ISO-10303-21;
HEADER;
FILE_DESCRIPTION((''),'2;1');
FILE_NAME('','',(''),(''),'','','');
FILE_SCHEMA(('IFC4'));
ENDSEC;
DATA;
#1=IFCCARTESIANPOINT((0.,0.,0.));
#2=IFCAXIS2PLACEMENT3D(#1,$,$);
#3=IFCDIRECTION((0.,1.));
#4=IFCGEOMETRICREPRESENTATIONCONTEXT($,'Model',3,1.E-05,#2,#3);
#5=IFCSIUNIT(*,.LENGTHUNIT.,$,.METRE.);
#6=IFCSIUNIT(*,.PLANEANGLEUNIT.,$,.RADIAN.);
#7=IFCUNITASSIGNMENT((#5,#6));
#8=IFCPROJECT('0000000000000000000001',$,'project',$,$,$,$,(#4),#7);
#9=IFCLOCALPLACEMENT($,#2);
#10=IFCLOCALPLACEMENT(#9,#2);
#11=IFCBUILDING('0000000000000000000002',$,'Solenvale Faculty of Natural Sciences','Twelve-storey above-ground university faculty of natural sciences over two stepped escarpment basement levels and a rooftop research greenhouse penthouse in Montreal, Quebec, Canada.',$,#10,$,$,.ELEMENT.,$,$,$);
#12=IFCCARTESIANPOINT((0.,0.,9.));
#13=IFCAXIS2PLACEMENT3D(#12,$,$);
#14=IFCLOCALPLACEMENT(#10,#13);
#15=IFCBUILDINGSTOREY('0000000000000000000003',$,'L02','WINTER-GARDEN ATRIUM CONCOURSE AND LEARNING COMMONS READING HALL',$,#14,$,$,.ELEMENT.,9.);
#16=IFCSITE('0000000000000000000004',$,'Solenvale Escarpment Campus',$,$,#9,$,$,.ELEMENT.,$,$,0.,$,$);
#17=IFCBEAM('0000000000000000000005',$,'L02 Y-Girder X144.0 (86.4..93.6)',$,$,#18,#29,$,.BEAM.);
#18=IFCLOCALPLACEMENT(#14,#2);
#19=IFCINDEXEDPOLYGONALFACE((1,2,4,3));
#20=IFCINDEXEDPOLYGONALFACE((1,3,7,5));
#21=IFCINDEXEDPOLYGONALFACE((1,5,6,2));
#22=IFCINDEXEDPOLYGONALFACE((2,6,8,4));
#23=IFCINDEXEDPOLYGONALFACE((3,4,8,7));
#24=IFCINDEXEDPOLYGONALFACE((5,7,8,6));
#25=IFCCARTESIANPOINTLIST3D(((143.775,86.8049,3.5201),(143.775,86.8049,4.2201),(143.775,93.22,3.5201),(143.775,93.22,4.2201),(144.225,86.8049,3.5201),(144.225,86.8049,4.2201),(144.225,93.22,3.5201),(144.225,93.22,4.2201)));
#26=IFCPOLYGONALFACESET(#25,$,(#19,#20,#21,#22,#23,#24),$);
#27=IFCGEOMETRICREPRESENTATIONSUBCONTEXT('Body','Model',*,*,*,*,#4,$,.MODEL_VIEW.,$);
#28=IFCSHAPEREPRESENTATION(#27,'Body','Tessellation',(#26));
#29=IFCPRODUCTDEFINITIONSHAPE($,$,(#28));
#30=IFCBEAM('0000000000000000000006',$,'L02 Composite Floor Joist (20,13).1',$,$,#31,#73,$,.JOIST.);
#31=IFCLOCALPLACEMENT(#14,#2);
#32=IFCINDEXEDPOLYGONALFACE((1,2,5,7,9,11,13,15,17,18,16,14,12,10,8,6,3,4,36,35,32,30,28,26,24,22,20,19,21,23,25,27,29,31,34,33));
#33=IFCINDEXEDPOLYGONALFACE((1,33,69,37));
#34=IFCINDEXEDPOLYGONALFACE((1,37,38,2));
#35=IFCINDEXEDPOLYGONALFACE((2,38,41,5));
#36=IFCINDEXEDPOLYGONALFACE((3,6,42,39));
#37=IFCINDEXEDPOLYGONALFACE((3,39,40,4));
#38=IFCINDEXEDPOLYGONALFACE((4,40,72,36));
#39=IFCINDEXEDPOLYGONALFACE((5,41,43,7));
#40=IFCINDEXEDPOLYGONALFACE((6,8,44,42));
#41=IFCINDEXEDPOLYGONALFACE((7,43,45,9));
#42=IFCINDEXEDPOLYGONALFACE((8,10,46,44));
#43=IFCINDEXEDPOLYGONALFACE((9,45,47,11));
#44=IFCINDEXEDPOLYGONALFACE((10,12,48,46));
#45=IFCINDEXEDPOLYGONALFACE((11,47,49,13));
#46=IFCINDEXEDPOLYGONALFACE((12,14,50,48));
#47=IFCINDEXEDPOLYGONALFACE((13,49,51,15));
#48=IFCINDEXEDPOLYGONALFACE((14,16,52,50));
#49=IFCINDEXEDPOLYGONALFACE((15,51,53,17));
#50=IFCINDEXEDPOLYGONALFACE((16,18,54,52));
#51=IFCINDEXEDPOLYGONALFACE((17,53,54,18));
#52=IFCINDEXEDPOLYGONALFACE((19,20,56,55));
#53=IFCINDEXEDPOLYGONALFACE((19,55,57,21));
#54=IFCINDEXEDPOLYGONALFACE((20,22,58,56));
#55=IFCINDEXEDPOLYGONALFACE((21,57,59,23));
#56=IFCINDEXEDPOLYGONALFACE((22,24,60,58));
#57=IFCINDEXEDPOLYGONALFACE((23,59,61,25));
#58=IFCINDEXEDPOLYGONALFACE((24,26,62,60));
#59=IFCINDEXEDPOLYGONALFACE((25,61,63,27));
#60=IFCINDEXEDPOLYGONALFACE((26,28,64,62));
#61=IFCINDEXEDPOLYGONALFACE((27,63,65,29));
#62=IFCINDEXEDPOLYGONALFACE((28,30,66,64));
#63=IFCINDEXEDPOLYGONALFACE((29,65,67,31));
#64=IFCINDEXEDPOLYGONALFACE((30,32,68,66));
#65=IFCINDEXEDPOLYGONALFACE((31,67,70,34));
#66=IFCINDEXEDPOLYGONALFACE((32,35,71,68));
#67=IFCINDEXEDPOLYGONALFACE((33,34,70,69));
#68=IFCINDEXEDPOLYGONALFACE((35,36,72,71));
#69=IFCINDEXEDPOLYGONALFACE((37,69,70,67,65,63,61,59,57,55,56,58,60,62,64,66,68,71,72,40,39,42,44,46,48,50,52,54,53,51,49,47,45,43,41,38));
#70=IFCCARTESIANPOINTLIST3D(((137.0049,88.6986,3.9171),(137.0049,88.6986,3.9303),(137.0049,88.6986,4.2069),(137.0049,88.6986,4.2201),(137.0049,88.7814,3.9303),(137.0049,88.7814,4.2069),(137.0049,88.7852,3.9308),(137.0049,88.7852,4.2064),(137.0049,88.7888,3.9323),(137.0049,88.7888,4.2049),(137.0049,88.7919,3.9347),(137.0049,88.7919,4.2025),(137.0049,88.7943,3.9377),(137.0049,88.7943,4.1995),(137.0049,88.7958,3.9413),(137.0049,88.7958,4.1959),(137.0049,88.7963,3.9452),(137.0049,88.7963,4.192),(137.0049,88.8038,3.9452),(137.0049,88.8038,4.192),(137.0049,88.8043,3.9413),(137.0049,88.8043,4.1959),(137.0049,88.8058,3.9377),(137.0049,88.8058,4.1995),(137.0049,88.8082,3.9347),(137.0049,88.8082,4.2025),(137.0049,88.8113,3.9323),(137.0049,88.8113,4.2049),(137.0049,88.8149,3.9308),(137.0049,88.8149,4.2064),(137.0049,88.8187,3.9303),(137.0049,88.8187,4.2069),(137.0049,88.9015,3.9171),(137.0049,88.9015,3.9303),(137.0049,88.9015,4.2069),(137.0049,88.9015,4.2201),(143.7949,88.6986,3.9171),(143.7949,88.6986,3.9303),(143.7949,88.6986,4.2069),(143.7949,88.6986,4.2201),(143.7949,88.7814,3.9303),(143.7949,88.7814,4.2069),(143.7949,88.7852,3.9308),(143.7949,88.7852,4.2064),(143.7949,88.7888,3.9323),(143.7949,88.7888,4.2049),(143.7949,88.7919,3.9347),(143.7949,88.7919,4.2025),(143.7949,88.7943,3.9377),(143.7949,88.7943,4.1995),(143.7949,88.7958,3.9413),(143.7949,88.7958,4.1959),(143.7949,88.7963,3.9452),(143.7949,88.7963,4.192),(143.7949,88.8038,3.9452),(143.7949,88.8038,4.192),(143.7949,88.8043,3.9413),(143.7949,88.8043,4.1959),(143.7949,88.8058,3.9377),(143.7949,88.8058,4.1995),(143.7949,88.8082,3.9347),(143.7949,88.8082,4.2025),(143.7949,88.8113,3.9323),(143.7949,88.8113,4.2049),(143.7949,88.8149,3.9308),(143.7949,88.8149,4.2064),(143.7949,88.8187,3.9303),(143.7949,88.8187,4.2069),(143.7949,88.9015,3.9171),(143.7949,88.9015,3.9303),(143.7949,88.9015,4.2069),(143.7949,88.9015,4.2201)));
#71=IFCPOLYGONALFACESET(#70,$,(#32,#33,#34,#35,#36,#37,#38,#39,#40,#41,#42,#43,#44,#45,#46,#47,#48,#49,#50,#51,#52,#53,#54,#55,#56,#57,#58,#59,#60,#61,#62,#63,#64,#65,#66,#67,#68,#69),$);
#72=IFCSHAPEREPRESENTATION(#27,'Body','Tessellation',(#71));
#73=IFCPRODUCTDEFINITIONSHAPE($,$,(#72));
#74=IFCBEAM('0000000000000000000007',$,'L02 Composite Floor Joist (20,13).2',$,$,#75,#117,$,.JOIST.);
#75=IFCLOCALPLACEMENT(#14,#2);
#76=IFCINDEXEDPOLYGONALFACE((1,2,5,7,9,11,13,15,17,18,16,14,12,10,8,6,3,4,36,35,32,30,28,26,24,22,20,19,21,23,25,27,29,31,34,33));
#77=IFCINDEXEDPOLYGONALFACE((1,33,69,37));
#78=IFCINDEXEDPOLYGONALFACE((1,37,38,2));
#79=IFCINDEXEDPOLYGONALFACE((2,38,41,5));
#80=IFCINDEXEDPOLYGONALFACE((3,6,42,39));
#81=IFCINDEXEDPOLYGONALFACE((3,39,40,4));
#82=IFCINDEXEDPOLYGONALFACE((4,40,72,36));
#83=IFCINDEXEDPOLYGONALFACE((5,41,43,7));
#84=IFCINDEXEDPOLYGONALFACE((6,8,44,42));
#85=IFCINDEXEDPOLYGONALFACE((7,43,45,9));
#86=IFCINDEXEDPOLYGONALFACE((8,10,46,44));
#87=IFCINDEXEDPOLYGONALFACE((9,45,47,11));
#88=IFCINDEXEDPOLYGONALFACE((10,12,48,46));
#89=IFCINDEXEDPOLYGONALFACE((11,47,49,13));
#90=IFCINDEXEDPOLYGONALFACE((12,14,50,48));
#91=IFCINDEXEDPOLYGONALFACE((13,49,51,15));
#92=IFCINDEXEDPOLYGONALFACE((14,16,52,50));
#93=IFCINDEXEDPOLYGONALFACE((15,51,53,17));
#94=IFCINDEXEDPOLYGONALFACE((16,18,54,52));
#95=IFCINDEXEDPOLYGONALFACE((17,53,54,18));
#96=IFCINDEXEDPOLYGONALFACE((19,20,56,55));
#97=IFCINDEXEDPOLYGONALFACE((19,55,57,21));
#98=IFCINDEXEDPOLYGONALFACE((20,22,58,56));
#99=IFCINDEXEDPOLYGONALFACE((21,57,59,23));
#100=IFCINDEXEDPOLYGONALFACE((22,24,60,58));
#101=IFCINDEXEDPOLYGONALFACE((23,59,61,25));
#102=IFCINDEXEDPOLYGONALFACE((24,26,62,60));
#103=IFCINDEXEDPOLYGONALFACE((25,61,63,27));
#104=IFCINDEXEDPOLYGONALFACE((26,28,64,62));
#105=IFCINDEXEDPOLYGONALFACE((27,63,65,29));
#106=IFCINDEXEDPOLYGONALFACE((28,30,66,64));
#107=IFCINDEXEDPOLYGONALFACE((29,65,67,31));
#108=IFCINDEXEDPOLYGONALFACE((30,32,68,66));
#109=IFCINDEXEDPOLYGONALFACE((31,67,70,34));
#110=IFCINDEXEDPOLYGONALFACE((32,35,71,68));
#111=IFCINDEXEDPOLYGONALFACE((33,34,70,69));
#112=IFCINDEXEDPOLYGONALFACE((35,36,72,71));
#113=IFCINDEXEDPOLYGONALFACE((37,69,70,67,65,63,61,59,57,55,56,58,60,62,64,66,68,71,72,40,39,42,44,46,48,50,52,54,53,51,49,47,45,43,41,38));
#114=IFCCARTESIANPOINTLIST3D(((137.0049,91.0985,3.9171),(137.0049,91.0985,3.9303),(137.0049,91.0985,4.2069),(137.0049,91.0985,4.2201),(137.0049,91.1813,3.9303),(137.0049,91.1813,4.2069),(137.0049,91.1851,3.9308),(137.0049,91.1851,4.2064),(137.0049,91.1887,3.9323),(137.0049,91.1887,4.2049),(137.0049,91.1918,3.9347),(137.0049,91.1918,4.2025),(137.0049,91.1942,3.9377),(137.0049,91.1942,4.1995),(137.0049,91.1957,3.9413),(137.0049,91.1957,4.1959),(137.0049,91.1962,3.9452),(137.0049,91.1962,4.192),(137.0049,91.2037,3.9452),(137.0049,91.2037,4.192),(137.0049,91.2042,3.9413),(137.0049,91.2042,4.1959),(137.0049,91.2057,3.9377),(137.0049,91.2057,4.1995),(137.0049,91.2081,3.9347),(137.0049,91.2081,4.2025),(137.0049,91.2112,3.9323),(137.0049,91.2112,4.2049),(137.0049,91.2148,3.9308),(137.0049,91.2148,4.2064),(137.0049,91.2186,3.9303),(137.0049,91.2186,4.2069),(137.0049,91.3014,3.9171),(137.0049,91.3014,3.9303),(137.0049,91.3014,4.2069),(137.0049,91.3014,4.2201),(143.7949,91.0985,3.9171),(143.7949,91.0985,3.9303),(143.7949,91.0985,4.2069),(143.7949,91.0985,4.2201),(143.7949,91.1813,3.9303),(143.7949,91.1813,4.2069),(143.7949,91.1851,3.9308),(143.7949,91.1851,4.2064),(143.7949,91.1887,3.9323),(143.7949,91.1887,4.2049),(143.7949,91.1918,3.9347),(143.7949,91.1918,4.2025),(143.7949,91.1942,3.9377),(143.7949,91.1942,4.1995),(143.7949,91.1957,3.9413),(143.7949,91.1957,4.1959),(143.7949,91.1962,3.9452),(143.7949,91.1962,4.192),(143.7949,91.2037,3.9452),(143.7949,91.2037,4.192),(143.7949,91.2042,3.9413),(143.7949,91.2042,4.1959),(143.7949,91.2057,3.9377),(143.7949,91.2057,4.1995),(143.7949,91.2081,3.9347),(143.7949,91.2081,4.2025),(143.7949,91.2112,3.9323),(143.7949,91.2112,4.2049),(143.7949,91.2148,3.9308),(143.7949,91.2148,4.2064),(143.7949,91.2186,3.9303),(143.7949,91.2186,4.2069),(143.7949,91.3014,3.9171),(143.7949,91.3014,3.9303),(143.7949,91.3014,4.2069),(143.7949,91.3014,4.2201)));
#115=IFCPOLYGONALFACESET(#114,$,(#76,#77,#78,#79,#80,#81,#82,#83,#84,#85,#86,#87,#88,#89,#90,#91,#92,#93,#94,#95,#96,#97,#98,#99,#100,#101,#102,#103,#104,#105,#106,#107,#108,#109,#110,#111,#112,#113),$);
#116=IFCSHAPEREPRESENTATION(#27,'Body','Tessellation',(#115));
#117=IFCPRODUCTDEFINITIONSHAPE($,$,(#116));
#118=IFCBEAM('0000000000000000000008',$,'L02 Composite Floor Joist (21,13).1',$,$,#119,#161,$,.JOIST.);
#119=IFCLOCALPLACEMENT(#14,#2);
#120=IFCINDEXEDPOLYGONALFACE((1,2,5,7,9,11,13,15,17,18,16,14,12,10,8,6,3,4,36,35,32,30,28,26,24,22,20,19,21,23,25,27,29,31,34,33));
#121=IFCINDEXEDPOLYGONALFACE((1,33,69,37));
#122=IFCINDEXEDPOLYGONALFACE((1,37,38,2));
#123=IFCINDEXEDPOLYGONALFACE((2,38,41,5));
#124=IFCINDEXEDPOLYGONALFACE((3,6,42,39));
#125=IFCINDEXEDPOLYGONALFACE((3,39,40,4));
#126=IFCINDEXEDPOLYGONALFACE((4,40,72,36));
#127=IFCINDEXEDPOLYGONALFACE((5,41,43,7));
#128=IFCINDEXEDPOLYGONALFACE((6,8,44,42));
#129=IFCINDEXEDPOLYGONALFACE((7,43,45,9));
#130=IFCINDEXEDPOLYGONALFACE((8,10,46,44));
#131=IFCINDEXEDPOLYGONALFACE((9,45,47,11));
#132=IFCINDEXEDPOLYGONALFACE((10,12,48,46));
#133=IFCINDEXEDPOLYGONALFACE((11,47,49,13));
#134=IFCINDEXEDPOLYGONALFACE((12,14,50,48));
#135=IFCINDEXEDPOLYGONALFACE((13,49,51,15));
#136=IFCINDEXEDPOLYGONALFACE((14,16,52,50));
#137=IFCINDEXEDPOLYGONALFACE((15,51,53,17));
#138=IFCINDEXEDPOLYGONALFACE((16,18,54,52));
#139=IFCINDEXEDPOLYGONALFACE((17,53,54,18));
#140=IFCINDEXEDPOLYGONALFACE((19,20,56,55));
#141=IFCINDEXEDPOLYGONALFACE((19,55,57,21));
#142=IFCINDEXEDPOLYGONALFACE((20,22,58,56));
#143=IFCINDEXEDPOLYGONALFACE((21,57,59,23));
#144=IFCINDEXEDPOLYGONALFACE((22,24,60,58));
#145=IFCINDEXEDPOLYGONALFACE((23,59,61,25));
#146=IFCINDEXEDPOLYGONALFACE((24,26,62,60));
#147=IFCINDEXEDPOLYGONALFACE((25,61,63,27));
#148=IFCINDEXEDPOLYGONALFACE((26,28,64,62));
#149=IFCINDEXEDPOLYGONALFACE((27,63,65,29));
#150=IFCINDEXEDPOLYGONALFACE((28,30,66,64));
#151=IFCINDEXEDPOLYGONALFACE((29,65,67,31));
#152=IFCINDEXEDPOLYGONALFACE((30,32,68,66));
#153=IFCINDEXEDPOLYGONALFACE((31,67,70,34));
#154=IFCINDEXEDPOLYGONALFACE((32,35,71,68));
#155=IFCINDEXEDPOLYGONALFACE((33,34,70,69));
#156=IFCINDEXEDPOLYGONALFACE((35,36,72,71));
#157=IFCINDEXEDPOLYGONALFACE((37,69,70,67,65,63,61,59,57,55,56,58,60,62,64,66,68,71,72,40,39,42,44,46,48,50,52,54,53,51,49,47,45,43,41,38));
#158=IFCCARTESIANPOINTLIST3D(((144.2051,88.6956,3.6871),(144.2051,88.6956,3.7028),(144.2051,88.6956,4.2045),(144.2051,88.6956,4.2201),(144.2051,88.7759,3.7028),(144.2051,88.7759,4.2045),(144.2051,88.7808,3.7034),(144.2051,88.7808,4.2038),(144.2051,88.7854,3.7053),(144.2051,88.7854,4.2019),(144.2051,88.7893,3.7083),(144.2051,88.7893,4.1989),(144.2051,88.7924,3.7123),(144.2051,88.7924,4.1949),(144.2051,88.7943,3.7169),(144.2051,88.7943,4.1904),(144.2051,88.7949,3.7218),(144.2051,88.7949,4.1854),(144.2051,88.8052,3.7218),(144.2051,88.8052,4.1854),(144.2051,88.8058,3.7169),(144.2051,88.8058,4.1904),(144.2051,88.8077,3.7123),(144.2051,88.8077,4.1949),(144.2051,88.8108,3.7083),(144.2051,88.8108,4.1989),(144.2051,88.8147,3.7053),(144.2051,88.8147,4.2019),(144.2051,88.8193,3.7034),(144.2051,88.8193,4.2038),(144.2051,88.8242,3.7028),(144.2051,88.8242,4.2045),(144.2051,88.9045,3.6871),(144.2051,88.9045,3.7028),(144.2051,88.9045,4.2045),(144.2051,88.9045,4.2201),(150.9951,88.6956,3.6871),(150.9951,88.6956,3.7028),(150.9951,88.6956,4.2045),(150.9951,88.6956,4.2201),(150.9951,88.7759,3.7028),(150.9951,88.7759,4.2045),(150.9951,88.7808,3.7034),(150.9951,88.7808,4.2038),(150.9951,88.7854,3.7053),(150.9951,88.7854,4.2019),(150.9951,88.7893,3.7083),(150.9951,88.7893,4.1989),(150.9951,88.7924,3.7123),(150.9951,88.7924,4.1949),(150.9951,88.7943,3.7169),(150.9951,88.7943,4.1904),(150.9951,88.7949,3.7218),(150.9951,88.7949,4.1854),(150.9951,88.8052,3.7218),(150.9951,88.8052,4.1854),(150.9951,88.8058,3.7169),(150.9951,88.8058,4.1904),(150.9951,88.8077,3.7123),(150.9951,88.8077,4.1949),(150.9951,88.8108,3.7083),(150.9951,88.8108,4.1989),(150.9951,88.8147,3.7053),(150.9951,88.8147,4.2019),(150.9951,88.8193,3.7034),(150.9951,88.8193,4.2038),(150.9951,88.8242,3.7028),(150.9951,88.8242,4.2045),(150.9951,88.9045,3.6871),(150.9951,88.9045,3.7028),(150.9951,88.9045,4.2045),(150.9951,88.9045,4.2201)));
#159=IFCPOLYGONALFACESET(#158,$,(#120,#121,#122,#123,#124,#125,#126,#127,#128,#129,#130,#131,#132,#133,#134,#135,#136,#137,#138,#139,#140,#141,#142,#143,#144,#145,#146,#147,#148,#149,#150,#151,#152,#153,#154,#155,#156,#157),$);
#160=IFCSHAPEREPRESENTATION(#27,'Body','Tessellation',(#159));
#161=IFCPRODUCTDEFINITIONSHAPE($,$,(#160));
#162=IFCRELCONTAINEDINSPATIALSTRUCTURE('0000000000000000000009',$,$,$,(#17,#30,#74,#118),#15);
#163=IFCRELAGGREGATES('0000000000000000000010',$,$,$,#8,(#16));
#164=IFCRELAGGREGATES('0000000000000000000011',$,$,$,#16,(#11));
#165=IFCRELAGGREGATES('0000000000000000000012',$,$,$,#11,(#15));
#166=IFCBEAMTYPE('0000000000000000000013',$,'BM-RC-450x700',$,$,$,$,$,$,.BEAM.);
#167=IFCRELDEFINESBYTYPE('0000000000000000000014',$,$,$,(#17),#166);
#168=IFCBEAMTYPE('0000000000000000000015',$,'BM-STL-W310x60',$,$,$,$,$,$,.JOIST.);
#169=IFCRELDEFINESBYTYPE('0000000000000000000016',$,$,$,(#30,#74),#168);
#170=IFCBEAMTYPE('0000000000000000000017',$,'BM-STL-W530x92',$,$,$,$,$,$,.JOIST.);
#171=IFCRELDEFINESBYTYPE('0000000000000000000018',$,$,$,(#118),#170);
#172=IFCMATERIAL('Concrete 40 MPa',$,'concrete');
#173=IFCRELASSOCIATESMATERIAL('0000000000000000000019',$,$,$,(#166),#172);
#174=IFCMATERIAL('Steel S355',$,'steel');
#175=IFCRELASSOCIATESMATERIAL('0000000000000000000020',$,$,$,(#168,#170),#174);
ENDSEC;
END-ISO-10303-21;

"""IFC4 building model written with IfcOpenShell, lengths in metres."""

from ifc_helpers import new_model, si_unit, direction, frame, origin, origin_2d, place, context, subcontext, project, spatial, rectangle, i_section, extrude, material, material_profile, profile_set, type_object, element, save


model = new_model("IFC4")

# Units and contexts
model_context = context("Model", 3, precision=1e-05, world=origin(), true_north=direction((0.0, 1.0)))
body_context = subcontext(model_context, "Body", "Model", "MODEL_VIEW")
ifc_project = project(units=[si_unit("LENGTHUNIT", "METRE"), si_unit("PLANEANGLEUNIT", "RADIAN")], contexts=[model_context])

# Site, building, storey
site_placement = place(None, origin())
site = spatial("IfcSite", under=ifc_project, at=site_placement, Name="Solenvale Escarpment Campus", CompositionType="ELEMENT", RefElevation=0.0)
building_placement = place(site_placement, origin())
building = spatial("IfcBuilding", under=site, at=building_placement, Name="Solenvale Faculty of Natural Sciences", Description="Twelve-storey above-ground university faculty of natural sciences over two stepped escarpment basement levels and a rooftop research greenhouse penthouse in Montreal, Quebec, Canada.", CompositionType="ELEMENT")
storey_placement = place(building_placement, frame((0.0, 0.0, 9.0)))
storey = spatial("IfcBuildingStorey", under=building, at=storey_placement, Name="L02", Description="WINTER-GARDEN ATRIUM CONCOURSE AND LEARNING COMMONS READING HALL", CompositionType="ELEMENT", Elevation=9.0)

# Beams
ifc_material_1 = material(Name="Concrete 40 MPa", Category="concrete")
ifc_material_profile_1 = material_profile(ifc_material_1, rectangle(XDim=0.45, YDim=0.7, at=origin_2d()), Name="RC-BM-450x700")
ifc_profile_set_1 = profile_set([ifc_material_profile_1], Name="Concrete 40 MPa")
beam_type_1 = type_object("IfcBeamType", Name="BM-RC-450x700", PredefinedType="BEAM", material=ifc_profile_set_1)
beam_placement = place(storey_placement, frame((144.0, 86.8049, 3.8701), z_axis=(0.0, 1.0, 0.0), x_axis=(-1.0, 0.0, 0.0)))
element("IfcBeam", 1, at=beam_placement, inside=storey, type_object=beam_type_1, Name="L02 Y-Girder X144.0 (86.4..93.6)", PredefinedType="BEAM", context=body_context, shape_type="SweptSolid", body=[
    extrude(rectangle(XDim=0.45, YDim=0.7, at=origin_2d()), origin(), (0.0, 0.0, 1.0), 6.415),
])
ifc_material_2 = material(Name="Steel S355", Category="steel")
ifc_material_profile_2 = material_profile(ifc_material_2, i_section(OverallWidth=0.2029, OverallDepth=0.303, WebThickness=0.0076, FlangeThickness=0.0132, FilletRadius=0.0149, at=origin_2d()), Name="W310x60")
ifc_profile_set_2 = profile_set([ifc_material_profile_2], Name="Steel S355")
beam_type_2 = type_object("IfcBeamType", Name="BM-STL-W310x60", PredefinedType="JOIST", material=ifc_profile_set_2)
for number, where, z_axis, x_axis, name in (
    (2, (137.0049, 88.8, 4.0686), (1.0, 0.0, 0.0), (0.0, 1.0, 0.0), "L02 Composite Floor Joist (20,13).1"),
    (3, (137.0049, 91.2, 4.0686), (1.0, 0.0, 0.0), (0.0, 1.0, 0.0), "L02 Composite Floor Joist (20,13).2"),
):
    element("IfcBeam", number, at=place(storey_placement, frame(where, z_axis=z_axis, x_axis=x_axis)), inside=storey, type_object=beam_type_2, Name=name, PredefinedType="JOIST", context=body_context, shape_type="SweptSolid", body=[
        extrude(i_section(OverallWidth=0.2029, OverallDepth=0.303, WebThickness=0.0076, FlangeThickness=0.0132, FilletRadius=0.0149, at=origin_2d()), origin(), (0.0, 0.0, 1.0), 6.79),
    ])
ifc_material_profile_3 = material_profile(ifc_material_2, i_section(OverallWidth=0.209, OverallDepth=0.533, WebThickness=0.0103, FlangeThickness=0.0156, FilletRadius=0.019, at=origin_2d()), Name="W530x92")
ifc_profile_set_3 = profile_set([ifc_material_profile_3], Name="Steel S355")
beam_type_3 = type_object("IfcBeamType", Name="BM-STL-W530x92", PredefinedType="JOIST", material=ifc_profile_set_3)
for number, where, z_axis, x_axis, name in (
    (4, (144.2051, 88.8, 3.9536), (1.0, 0.0, 0.0), (0.0, 1.0, 0.0), "L02 Composite Floor Joist (21,13).1"),
):
    element("IfcBeam", number, at=place(storey_placement, frame(where, z_axis=z_axis, x_axis=x_axis)), inside=storey, type_object=beam_type_3, Name=name, PredefinedType="JOIST", context=body_context, shape_type="SweptSolid", body=[
        extrude(i_section(OverallWidth=0.209, OverallDepth=0.533, WebThickness=0.0103, FlangeThickness=0.0156, FilletRadius=0.019, at=origin_2d()), origin(), (0.0, 0.0, 1.0), 6.79),
    ])

save(model, "model.ifc")
